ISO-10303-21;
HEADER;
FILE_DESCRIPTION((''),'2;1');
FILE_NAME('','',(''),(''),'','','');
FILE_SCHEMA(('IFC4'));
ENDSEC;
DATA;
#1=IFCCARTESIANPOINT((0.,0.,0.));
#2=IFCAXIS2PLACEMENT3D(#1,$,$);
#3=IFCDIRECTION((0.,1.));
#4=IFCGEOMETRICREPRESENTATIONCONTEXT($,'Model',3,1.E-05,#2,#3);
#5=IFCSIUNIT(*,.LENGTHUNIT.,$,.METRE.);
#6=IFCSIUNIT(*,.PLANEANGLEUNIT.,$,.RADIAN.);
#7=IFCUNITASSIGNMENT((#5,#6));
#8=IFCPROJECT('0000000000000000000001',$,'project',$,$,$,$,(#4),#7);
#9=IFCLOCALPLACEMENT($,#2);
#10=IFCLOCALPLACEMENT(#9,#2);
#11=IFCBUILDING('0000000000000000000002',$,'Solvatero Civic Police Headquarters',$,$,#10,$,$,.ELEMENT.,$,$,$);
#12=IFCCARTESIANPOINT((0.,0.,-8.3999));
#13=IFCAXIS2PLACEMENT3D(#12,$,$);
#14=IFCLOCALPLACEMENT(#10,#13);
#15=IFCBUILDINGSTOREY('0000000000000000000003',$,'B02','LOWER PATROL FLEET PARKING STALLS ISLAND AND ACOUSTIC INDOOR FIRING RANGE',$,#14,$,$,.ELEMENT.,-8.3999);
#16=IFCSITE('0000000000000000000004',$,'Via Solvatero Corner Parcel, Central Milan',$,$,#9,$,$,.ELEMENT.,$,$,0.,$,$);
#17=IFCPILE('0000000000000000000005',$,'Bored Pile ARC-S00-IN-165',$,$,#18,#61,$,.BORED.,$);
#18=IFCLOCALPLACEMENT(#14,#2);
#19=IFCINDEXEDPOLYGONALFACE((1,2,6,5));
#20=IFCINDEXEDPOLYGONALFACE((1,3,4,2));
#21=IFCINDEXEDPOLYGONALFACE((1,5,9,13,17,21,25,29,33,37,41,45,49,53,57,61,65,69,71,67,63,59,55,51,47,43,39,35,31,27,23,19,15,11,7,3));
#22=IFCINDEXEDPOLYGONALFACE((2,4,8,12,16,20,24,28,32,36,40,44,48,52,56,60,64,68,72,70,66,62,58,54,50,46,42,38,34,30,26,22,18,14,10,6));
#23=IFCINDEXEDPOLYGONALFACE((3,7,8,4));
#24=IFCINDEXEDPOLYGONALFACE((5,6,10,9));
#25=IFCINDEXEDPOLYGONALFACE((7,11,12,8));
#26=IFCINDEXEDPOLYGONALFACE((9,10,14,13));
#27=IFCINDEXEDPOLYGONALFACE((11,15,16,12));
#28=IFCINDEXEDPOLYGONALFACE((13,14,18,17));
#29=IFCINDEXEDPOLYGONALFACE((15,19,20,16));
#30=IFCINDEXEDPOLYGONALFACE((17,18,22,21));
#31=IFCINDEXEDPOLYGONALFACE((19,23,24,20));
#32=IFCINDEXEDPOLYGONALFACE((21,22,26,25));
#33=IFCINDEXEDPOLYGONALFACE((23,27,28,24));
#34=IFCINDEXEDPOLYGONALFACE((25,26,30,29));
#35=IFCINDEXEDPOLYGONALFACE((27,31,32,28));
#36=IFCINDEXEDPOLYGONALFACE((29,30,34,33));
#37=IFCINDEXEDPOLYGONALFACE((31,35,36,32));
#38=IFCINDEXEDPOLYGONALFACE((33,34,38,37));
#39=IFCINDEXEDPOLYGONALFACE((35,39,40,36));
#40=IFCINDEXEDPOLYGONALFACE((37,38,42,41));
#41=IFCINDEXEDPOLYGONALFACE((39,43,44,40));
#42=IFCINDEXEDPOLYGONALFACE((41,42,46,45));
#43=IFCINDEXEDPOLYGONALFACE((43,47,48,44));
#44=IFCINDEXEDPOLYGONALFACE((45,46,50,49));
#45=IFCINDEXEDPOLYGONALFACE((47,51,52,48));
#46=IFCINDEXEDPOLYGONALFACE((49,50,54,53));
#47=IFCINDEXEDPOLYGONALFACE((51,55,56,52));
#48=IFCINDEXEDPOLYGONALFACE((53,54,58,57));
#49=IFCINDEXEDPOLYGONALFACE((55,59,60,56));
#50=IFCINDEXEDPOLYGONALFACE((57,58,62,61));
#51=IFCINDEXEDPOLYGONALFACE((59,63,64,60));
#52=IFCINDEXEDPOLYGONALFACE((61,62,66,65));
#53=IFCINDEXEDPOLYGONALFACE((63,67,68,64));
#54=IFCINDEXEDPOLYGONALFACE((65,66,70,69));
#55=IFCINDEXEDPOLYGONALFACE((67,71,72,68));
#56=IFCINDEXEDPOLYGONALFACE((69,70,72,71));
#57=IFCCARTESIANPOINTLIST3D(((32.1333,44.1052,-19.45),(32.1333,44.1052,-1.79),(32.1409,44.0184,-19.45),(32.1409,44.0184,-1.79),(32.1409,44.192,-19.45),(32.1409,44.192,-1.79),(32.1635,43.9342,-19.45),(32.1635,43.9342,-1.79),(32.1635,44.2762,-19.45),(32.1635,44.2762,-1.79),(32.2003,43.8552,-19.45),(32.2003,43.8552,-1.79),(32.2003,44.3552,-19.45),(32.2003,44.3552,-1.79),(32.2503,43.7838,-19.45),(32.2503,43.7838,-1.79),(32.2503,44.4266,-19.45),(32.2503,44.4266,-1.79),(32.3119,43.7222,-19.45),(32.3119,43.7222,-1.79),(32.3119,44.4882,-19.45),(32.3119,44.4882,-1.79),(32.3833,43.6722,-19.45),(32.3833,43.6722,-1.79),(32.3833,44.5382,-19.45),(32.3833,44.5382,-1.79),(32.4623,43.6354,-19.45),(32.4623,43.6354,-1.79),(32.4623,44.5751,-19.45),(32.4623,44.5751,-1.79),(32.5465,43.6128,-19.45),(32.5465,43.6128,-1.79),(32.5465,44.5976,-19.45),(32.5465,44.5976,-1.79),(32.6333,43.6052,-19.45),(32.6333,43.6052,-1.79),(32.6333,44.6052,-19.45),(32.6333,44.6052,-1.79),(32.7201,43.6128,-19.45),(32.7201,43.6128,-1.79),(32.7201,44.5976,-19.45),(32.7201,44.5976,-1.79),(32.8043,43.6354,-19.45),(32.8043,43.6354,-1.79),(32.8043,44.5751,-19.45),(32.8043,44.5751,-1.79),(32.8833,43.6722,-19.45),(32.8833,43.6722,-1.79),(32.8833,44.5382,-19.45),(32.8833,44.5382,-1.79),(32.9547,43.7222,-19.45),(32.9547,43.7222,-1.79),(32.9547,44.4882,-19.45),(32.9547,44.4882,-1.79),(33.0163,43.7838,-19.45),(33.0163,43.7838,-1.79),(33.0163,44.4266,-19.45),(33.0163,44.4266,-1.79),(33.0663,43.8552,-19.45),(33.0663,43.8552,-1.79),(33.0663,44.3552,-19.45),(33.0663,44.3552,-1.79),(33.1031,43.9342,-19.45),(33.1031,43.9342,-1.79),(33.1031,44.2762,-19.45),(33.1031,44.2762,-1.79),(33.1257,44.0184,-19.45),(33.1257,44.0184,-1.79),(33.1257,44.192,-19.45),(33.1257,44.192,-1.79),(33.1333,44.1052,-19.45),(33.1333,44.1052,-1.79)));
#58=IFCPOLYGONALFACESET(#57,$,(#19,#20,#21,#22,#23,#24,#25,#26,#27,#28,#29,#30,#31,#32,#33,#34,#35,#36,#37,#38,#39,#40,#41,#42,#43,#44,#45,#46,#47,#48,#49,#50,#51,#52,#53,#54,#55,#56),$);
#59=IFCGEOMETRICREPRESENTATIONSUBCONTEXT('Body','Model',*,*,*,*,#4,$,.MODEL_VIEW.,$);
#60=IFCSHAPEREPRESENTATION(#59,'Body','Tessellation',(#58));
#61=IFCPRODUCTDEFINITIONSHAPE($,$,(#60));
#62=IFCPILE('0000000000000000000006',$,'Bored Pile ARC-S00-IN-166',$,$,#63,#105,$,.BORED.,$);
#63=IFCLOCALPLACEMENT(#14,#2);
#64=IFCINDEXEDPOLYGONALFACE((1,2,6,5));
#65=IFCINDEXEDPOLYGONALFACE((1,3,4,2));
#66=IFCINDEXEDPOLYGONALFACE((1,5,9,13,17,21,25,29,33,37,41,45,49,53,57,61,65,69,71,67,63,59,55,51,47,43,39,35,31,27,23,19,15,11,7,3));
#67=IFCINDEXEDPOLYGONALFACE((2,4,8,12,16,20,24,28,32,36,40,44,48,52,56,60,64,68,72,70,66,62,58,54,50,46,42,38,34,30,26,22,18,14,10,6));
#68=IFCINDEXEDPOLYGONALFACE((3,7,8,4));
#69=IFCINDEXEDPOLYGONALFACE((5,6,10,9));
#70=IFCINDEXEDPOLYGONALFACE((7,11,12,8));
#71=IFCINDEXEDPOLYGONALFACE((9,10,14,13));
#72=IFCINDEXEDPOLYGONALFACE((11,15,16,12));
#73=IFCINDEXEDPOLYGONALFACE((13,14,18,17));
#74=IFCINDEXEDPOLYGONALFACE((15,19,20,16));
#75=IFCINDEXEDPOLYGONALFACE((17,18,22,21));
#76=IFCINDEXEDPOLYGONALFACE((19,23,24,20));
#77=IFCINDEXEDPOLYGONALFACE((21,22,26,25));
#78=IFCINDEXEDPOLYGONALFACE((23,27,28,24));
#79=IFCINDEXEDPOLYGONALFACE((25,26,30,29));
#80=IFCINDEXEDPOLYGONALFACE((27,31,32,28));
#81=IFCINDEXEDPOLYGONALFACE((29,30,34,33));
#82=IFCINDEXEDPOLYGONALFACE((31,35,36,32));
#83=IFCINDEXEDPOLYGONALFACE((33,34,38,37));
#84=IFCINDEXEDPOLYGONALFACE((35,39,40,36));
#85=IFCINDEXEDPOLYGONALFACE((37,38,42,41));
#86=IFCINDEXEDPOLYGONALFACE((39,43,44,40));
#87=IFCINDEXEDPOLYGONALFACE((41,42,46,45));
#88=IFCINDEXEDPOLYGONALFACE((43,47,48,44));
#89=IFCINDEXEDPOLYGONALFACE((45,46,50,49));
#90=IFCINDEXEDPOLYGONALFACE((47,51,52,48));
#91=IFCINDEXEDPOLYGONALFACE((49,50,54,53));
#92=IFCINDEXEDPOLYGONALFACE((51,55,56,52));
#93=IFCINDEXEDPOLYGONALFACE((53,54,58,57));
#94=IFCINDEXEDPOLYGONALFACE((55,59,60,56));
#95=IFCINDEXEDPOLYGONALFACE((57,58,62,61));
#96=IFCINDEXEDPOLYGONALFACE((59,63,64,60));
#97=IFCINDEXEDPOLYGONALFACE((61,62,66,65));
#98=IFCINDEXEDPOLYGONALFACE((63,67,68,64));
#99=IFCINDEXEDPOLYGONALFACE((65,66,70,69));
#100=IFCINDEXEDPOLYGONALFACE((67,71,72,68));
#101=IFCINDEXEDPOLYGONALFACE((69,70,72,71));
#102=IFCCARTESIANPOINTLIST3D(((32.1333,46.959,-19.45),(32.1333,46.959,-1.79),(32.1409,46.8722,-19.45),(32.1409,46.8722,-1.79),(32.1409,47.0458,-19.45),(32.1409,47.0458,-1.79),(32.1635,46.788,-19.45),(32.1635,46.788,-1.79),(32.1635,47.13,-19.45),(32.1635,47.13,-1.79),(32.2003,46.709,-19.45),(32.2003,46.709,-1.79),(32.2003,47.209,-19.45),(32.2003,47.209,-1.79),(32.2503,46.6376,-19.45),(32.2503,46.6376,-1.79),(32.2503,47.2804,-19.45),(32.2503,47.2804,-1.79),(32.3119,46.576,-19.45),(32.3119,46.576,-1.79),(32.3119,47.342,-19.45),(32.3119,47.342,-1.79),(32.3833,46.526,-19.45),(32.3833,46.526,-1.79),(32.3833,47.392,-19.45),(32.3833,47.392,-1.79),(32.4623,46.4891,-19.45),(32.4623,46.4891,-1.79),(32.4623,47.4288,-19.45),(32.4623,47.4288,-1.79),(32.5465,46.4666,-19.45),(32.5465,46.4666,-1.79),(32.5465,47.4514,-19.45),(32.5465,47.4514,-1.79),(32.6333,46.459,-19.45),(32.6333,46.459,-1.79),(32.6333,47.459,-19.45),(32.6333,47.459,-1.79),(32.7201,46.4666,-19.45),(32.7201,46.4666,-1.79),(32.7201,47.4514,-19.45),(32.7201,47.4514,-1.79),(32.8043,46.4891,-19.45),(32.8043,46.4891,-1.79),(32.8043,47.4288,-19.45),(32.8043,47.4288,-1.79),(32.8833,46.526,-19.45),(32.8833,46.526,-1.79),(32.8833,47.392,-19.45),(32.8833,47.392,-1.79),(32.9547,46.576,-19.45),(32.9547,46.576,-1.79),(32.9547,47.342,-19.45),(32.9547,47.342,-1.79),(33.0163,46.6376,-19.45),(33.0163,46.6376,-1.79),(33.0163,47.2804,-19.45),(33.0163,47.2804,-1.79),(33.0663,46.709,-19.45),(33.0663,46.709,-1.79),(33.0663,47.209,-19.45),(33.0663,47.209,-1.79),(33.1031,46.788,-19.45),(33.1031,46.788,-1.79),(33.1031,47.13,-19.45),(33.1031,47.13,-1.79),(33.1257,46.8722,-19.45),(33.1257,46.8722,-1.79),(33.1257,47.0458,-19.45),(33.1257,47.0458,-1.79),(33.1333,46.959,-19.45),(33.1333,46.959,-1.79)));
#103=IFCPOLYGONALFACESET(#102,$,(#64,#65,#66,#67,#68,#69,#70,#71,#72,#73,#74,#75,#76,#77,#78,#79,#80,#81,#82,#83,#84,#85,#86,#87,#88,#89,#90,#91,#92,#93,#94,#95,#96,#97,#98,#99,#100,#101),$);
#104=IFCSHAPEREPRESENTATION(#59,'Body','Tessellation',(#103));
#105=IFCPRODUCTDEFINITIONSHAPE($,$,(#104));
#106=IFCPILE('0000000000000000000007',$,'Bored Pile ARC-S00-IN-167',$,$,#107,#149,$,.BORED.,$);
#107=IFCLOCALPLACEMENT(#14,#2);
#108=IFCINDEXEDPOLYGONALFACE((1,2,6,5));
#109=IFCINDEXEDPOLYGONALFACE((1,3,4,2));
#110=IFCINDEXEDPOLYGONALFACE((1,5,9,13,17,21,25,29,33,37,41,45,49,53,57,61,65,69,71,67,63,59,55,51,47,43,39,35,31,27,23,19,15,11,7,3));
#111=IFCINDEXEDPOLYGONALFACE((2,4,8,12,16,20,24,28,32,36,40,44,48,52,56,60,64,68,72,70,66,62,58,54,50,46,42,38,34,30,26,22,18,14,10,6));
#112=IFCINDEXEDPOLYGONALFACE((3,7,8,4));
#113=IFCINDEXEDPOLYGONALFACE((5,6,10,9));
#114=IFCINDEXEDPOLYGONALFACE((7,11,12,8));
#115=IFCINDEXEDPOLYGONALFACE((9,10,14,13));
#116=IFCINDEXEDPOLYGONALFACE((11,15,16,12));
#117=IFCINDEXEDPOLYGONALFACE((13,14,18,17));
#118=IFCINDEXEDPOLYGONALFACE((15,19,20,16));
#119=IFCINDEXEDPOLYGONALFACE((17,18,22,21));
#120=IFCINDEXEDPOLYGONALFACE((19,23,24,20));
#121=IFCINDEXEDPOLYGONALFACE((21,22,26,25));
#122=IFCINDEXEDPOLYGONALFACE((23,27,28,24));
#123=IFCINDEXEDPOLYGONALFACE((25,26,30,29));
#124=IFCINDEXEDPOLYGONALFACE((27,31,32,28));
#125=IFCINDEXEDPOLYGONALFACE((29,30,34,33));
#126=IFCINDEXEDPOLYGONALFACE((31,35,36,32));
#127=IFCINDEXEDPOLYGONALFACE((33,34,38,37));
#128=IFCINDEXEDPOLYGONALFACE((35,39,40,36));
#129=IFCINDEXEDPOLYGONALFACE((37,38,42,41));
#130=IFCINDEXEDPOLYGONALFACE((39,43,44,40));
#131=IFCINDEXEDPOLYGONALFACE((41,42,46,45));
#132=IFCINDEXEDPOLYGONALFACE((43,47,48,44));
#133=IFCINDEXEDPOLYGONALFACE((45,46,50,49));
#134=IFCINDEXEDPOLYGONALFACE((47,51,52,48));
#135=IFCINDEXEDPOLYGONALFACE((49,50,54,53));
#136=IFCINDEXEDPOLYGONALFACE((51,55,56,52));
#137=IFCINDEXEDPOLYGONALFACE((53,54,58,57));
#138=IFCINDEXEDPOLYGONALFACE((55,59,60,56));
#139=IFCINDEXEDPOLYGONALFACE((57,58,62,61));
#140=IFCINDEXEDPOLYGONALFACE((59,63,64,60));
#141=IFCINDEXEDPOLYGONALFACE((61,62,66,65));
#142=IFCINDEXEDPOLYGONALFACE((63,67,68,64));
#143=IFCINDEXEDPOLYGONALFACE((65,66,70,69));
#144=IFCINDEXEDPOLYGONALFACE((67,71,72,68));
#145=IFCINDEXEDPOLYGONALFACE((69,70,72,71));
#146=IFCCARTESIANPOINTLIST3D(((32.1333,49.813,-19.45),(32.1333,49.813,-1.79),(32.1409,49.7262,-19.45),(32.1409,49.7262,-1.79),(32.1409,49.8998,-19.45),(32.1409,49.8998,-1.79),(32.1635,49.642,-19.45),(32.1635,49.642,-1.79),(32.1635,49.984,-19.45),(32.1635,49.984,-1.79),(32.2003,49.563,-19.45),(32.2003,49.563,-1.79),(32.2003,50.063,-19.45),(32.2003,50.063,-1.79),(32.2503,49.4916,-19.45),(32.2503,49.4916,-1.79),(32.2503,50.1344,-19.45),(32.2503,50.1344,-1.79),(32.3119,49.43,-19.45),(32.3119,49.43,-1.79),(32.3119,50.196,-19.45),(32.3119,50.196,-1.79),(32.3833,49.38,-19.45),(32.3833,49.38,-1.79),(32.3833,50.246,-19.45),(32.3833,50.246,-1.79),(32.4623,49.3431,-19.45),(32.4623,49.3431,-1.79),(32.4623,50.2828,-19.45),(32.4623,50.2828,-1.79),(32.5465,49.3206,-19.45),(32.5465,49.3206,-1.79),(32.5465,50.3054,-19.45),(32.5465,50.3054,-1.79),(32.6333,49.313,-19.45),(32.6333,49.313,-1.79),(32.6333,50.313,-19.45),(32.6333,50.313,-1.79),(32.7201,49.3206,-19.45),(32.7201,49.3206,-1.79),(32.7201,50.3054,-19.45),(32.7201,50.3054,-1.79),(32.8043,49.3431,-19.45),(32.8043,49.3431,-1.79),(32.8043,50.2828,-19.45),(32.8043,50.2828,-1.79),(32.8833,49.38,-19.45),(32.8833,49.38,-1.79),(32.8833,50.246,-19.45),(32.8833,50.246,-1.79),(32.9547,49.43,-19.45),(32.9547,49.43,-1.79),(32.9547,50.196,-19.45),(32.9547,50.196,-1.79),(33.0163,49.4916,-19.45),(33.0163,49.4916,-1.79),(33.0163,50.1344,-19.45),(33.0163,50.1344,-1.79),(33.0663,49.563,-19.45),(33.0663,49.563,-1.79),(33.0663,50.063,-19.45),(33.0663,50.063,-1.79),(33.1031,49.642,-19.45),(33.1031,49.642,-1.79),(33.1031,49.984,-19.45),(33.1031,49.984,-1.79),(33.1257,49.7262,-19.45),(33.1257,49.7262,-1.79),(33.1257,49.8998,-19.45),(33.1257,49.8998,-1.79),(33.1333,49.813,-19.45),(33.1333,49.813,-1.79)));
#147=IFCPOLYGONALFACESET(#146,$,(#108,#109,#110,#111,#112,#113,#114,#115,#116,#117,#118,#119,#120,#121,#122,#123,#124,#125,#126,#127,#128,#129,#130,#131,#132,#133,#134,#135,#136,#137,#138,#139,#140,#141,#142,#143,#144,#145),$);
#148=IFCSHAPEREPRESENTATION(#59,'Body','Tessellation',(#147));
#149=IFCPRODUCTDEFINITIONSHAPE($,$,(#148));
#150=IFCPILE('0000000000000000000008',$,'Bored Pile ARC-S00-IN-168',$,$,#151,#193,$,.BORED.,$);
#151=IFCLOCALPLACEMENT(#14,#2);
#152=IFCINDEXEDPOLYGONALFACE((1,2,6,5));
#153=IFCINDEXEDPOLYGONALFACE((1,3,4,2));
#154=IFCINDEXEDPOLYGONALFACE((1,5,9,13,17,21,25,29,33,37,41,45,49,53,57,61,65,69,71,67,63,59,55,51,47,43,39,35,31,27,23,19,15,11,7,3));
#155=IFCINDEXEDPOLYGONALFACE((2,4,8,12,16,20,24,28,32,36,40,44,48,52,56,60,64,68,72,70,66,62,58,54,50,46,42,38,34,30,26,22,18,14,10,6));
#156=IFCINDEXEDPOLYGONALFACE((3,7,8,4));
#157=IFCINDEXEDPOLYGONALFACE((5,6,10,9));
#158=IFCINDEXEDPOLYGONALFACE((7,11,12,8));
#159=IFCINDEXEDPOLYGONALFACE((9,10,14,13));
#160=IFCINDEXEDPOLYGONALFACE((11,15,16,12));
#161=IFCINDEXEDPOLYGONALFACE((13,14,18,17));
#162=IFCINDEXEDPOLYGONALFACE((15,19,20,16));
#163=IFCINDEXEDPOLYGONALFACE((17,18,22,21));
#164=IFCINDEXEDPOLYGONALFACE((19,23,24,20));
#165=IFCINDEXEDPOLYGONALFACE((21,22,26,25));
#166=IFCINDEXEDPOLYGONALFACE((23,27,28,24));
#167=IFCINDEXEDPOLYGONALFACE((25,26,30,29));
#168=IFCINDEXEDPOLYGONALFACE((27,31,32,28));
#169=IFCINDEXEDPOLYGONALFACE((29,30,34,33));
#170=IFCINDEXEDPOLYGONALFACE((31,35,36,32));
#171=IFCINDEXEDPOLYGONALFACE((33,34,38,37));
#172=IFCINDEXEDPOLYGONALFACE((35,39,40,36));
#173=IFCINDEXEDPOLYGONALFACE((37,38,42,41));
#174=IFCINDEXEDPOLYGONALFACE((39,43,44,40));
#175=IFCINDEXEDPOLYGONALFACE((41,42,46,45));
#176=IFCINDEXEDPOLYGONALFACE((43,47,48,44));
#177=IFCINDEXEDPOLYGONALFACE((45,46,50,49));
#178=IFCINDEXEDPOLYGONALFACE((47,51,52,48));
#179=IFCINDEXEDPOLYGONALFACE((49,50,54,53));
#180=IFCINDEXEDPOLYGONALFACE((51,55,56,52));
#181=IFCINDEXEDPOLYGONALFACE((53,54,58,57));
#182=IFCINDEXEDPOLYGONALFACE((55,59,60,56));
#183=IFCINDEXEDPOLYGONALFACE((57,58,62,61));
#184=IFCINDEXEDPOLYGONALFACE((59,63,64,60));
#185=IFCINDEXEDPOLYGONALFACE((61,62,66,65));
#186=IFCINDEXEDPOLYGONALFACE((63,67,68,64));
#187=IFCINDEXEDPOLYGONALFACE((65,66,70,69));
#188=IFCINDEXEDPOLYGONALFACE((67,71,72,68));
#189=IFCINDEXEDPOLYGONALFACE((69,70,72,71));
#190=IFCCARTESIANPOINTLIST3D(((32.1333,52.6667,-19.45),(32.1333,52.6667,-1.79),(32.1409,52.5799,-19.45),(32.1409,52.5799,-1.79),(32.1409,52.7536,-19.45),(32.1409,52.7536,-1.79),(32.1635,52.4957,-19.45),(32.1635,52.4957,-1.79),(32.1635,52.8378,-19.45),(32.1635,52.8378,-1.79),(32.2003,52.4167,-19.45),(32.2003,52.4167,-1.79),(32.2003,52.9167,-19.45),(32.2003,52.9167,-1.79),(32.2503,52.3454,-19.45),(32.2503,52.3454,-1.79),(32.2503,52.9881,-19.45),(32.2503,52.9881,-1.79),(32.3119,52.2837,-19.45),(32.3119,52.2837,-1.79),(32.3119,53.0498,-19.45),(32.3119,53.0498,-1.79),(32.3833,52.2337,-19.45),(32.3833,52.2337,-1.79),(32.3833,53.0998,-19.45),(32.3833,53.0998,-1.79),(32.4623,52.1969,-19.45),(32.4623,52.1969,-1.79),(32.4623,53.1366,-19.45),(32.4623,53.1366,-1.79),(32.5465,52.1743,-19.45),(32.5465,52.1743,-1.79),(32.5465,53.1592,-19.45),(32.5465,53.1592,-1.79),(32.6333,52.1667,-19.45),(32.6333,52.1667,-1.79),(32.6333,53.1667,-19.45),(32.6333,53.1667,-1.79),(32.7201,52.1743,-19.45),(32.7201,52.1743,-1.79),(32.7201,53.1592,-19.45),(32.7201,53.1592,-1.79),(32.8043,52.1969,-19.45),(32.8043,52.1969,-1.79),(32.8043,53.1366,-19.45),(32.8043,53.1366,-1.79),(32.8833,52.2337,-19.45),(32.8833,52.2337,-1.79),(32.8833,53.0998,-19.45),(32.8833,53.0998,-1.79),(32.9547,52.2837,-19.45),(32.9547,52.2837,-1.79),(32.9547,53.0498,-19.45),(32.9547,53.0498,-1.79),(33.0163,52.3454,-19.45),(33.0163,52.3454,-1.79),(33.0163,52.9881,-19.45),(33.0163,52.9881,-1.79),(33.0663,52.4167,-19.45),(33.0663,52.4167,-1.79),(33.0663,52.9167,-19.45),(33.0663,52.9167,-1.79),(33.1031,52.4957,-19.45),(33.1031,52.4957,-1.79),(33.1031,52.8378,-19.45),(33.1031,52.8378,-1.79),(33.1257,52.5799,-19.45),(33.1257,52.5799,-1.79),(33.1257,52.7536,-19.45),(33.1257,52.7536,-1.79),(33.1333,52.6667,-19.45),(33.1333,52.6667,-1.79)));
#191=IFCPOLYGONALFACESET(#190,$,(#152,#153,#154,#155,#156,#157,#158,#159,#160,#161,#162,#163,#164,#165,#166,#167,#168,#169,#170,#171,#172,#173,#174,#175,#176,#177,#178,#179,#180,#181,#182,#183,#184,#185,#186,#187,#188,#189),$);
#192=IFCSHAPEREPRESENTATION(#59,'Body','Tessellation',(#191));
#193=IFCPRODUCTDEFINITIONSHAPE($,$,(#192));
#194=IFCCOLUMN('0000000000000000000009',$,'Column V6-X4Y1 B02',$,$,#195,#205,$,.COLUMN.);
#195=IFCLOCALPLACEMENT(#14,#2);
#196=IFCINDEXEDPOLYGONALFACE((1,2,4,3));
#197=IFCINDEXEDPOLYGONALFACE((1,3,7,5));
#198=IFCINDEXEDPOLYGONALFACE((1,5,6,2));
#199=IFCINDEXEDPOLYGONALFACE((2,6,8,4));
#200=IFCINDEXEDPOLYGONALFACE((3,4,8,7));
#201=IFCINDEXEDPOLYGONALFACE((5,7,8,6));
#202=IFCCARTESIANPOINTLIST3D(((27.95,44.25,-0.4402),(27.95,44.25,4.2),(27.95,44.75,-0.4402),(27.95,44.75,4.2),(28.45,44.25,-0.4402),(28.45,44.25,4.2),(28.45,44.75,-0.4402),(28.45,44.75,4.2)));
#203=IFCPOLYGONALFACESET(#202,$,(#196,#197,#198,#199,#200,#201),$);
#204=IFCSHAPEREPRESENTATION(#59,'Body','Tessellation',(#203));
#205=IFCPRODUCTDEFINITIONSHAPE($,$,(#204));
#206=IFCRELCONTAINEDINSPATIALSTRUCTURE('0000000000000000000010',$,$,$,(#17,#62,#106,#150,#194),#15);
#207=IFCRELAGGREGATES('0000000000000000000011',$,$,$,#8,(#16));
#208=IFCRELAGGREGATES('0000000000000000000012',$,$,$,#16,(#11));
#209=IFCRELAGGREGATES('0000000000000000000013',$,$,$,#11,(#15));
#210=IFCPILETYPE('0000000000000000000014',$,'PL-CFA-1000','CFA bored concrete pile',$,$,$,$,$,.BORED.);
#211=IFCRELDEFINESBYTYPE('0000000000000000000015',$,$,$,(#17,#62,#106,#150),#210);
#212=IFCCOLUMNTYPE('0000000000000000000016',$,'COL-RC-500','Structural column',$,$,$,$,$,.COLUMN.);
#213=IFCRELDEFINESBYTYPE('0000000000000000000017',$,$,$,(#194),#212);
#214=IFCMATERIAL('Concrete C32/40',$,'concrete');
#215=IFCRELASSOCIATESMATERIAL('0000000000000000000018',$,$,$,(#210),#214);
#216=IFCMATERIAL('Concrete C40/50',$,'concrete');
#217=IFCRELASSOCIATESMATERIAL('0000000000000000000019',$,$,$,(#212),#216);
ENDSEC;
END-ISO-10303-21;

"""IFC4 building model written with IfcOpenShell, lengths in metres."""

from ifc_helpers import new_model, si_unit, direction, frame, origin, origin_2d, place, context, subcontext, project, spatial, rectangle, circle, extrude, material, material_profile, profile_set, type_object, element, save


model = new_model("IFC4")

# Units and contexts
model_context = context("Model", 3, precision=1e-05, world=origin(), true_north=direction((0.0, 1.0)))
body_context = subcontext(model_context, "Body", "Model", "MODEL_VIEW")
ifc_project = project(units=[si_unit("LENGTHUNIT", "METRE"), si_unit("PLANEANGLEUNIT", "RADIAN")], contexts=[model_context])

# Site, building, storey
site_placement = place(None, origin())
site = spatial("IfcSite", under=ifc_project, at=site_placement, Name="Via Solvatero Corner Parcel, Central Milan", CompositionType="ELEMENT", RefElevation=0.0)
building_placement = place(site_placement, origin())
building = spatial("IfcBuilding", under=site, at=building_placement, Name="Solvatero Civic Police Headquarters", CompositionType="ELEMENT")
storey_placement = place(building_placement, frame((0.0, 0.0, -8.3999)))
storey = spatial("IfcBuildingStorey", under=building, at=storey_placement, Name="B02", Description="LOWER PATROL FLEET PARKING STALLS ISLAND AND ACOUSTIC INDOOR FIRING RANGE", CompositionType="ELEMENT", Elevation=-8.3999)

# Piles
ifc_material_1 = material(Name="Concrete C32/40", Category="concrete")
ifc_material_profile_1 = material_profile(ifc_material_1, circle(Radius=0.5, at=origin_2d()), Name="CFA PILE D1000")
ifc_profile_set_1 = profile_set([ifc_material_profile_1], Name="Concrete C32/40")
pile_type = type_object("IfcPileType", Name="PL-CFA-1000", Description="CFA bored concrete pile", PredefinedType="BORED", material=ifc_profile_set_1)
for number, where, z_axis, x_axis, name in (
    (1, (32.6333, 44.1052, -1.79), (0.0, 0.0, -1.0), (1.0, 0.0, 0.0), "Bored Pile ARC-S00-IN-165"),
    (2, (32.6333, 46.959, -1.79), (0.0, 0.0, -1.0), (1.0, 0.0, 0.0), "Bored Pile ARC-S00-IN-166"),
    (3, (32.6333, 49.813, -1.79), (0.0, 0.0, -1.0), (1.0, 0.0, 0.0), "Bored Pile ARC-S00-IN-167"),
    (4, (32.6333, 52.6667, -1.79), (0.0, 0.0, -1.0), (1.0, 0.0, 0.0), "Bored Pile ARC-S00-IN-168"),
):
    element("IfcPile", number, at=place(storey_placement, frame(where, z_axis=z_axis, x_axis=x_axis)), inside=storey, type_object=pile_type, Name=name, PredefinedType="BORED", context=body_context, shape_type="SweptSolid", body=[
        extrude(circle(Radius=0.5, at=origin_2d()), origin(), (0.0, 0.0, 1.0), 17.6599),
    ])

# Column
ifc_material_2 = material(Name="Concrete C40/50", Category="concrete")
ifc_material_profile_2 = material_profile(ifc_material_2, rectangle(XDim=0.5, YDim=0.5, at=origin_2d()), Name="RC 500x500")
ifc_profile_set_2 = profile_set([ifc_material_profile_2], Name="Concrete C40/50")
column_type_1 = type_object("IfcColumnType", Name="COL-RC-500", Description="Structural column", PredefinedType="COLUMN", material=ifc_profile_set_2)
column_1_placement = place(storey_placement, frame((28.2, 44.5, -0.4402), z_axis=(0.0, 0.0, 1.0), x_axis=(1.0, 0.0, 0.0)))
element("IfcColumn", 5, at=column_1_placement, inside=storey, type_object=column_type_1, Name="Column V6-X4Y1 B02", PredefinedType="COLUMN", context=body_context, shape_type="SweptSolid", body=[
    extrude(rectangle(XDim=0.5, YDim=0.5, at=origin_2d()), origin(), (0.0, 0.0, 1.0), 4.6401),
])

save(model, "model.ifc")
